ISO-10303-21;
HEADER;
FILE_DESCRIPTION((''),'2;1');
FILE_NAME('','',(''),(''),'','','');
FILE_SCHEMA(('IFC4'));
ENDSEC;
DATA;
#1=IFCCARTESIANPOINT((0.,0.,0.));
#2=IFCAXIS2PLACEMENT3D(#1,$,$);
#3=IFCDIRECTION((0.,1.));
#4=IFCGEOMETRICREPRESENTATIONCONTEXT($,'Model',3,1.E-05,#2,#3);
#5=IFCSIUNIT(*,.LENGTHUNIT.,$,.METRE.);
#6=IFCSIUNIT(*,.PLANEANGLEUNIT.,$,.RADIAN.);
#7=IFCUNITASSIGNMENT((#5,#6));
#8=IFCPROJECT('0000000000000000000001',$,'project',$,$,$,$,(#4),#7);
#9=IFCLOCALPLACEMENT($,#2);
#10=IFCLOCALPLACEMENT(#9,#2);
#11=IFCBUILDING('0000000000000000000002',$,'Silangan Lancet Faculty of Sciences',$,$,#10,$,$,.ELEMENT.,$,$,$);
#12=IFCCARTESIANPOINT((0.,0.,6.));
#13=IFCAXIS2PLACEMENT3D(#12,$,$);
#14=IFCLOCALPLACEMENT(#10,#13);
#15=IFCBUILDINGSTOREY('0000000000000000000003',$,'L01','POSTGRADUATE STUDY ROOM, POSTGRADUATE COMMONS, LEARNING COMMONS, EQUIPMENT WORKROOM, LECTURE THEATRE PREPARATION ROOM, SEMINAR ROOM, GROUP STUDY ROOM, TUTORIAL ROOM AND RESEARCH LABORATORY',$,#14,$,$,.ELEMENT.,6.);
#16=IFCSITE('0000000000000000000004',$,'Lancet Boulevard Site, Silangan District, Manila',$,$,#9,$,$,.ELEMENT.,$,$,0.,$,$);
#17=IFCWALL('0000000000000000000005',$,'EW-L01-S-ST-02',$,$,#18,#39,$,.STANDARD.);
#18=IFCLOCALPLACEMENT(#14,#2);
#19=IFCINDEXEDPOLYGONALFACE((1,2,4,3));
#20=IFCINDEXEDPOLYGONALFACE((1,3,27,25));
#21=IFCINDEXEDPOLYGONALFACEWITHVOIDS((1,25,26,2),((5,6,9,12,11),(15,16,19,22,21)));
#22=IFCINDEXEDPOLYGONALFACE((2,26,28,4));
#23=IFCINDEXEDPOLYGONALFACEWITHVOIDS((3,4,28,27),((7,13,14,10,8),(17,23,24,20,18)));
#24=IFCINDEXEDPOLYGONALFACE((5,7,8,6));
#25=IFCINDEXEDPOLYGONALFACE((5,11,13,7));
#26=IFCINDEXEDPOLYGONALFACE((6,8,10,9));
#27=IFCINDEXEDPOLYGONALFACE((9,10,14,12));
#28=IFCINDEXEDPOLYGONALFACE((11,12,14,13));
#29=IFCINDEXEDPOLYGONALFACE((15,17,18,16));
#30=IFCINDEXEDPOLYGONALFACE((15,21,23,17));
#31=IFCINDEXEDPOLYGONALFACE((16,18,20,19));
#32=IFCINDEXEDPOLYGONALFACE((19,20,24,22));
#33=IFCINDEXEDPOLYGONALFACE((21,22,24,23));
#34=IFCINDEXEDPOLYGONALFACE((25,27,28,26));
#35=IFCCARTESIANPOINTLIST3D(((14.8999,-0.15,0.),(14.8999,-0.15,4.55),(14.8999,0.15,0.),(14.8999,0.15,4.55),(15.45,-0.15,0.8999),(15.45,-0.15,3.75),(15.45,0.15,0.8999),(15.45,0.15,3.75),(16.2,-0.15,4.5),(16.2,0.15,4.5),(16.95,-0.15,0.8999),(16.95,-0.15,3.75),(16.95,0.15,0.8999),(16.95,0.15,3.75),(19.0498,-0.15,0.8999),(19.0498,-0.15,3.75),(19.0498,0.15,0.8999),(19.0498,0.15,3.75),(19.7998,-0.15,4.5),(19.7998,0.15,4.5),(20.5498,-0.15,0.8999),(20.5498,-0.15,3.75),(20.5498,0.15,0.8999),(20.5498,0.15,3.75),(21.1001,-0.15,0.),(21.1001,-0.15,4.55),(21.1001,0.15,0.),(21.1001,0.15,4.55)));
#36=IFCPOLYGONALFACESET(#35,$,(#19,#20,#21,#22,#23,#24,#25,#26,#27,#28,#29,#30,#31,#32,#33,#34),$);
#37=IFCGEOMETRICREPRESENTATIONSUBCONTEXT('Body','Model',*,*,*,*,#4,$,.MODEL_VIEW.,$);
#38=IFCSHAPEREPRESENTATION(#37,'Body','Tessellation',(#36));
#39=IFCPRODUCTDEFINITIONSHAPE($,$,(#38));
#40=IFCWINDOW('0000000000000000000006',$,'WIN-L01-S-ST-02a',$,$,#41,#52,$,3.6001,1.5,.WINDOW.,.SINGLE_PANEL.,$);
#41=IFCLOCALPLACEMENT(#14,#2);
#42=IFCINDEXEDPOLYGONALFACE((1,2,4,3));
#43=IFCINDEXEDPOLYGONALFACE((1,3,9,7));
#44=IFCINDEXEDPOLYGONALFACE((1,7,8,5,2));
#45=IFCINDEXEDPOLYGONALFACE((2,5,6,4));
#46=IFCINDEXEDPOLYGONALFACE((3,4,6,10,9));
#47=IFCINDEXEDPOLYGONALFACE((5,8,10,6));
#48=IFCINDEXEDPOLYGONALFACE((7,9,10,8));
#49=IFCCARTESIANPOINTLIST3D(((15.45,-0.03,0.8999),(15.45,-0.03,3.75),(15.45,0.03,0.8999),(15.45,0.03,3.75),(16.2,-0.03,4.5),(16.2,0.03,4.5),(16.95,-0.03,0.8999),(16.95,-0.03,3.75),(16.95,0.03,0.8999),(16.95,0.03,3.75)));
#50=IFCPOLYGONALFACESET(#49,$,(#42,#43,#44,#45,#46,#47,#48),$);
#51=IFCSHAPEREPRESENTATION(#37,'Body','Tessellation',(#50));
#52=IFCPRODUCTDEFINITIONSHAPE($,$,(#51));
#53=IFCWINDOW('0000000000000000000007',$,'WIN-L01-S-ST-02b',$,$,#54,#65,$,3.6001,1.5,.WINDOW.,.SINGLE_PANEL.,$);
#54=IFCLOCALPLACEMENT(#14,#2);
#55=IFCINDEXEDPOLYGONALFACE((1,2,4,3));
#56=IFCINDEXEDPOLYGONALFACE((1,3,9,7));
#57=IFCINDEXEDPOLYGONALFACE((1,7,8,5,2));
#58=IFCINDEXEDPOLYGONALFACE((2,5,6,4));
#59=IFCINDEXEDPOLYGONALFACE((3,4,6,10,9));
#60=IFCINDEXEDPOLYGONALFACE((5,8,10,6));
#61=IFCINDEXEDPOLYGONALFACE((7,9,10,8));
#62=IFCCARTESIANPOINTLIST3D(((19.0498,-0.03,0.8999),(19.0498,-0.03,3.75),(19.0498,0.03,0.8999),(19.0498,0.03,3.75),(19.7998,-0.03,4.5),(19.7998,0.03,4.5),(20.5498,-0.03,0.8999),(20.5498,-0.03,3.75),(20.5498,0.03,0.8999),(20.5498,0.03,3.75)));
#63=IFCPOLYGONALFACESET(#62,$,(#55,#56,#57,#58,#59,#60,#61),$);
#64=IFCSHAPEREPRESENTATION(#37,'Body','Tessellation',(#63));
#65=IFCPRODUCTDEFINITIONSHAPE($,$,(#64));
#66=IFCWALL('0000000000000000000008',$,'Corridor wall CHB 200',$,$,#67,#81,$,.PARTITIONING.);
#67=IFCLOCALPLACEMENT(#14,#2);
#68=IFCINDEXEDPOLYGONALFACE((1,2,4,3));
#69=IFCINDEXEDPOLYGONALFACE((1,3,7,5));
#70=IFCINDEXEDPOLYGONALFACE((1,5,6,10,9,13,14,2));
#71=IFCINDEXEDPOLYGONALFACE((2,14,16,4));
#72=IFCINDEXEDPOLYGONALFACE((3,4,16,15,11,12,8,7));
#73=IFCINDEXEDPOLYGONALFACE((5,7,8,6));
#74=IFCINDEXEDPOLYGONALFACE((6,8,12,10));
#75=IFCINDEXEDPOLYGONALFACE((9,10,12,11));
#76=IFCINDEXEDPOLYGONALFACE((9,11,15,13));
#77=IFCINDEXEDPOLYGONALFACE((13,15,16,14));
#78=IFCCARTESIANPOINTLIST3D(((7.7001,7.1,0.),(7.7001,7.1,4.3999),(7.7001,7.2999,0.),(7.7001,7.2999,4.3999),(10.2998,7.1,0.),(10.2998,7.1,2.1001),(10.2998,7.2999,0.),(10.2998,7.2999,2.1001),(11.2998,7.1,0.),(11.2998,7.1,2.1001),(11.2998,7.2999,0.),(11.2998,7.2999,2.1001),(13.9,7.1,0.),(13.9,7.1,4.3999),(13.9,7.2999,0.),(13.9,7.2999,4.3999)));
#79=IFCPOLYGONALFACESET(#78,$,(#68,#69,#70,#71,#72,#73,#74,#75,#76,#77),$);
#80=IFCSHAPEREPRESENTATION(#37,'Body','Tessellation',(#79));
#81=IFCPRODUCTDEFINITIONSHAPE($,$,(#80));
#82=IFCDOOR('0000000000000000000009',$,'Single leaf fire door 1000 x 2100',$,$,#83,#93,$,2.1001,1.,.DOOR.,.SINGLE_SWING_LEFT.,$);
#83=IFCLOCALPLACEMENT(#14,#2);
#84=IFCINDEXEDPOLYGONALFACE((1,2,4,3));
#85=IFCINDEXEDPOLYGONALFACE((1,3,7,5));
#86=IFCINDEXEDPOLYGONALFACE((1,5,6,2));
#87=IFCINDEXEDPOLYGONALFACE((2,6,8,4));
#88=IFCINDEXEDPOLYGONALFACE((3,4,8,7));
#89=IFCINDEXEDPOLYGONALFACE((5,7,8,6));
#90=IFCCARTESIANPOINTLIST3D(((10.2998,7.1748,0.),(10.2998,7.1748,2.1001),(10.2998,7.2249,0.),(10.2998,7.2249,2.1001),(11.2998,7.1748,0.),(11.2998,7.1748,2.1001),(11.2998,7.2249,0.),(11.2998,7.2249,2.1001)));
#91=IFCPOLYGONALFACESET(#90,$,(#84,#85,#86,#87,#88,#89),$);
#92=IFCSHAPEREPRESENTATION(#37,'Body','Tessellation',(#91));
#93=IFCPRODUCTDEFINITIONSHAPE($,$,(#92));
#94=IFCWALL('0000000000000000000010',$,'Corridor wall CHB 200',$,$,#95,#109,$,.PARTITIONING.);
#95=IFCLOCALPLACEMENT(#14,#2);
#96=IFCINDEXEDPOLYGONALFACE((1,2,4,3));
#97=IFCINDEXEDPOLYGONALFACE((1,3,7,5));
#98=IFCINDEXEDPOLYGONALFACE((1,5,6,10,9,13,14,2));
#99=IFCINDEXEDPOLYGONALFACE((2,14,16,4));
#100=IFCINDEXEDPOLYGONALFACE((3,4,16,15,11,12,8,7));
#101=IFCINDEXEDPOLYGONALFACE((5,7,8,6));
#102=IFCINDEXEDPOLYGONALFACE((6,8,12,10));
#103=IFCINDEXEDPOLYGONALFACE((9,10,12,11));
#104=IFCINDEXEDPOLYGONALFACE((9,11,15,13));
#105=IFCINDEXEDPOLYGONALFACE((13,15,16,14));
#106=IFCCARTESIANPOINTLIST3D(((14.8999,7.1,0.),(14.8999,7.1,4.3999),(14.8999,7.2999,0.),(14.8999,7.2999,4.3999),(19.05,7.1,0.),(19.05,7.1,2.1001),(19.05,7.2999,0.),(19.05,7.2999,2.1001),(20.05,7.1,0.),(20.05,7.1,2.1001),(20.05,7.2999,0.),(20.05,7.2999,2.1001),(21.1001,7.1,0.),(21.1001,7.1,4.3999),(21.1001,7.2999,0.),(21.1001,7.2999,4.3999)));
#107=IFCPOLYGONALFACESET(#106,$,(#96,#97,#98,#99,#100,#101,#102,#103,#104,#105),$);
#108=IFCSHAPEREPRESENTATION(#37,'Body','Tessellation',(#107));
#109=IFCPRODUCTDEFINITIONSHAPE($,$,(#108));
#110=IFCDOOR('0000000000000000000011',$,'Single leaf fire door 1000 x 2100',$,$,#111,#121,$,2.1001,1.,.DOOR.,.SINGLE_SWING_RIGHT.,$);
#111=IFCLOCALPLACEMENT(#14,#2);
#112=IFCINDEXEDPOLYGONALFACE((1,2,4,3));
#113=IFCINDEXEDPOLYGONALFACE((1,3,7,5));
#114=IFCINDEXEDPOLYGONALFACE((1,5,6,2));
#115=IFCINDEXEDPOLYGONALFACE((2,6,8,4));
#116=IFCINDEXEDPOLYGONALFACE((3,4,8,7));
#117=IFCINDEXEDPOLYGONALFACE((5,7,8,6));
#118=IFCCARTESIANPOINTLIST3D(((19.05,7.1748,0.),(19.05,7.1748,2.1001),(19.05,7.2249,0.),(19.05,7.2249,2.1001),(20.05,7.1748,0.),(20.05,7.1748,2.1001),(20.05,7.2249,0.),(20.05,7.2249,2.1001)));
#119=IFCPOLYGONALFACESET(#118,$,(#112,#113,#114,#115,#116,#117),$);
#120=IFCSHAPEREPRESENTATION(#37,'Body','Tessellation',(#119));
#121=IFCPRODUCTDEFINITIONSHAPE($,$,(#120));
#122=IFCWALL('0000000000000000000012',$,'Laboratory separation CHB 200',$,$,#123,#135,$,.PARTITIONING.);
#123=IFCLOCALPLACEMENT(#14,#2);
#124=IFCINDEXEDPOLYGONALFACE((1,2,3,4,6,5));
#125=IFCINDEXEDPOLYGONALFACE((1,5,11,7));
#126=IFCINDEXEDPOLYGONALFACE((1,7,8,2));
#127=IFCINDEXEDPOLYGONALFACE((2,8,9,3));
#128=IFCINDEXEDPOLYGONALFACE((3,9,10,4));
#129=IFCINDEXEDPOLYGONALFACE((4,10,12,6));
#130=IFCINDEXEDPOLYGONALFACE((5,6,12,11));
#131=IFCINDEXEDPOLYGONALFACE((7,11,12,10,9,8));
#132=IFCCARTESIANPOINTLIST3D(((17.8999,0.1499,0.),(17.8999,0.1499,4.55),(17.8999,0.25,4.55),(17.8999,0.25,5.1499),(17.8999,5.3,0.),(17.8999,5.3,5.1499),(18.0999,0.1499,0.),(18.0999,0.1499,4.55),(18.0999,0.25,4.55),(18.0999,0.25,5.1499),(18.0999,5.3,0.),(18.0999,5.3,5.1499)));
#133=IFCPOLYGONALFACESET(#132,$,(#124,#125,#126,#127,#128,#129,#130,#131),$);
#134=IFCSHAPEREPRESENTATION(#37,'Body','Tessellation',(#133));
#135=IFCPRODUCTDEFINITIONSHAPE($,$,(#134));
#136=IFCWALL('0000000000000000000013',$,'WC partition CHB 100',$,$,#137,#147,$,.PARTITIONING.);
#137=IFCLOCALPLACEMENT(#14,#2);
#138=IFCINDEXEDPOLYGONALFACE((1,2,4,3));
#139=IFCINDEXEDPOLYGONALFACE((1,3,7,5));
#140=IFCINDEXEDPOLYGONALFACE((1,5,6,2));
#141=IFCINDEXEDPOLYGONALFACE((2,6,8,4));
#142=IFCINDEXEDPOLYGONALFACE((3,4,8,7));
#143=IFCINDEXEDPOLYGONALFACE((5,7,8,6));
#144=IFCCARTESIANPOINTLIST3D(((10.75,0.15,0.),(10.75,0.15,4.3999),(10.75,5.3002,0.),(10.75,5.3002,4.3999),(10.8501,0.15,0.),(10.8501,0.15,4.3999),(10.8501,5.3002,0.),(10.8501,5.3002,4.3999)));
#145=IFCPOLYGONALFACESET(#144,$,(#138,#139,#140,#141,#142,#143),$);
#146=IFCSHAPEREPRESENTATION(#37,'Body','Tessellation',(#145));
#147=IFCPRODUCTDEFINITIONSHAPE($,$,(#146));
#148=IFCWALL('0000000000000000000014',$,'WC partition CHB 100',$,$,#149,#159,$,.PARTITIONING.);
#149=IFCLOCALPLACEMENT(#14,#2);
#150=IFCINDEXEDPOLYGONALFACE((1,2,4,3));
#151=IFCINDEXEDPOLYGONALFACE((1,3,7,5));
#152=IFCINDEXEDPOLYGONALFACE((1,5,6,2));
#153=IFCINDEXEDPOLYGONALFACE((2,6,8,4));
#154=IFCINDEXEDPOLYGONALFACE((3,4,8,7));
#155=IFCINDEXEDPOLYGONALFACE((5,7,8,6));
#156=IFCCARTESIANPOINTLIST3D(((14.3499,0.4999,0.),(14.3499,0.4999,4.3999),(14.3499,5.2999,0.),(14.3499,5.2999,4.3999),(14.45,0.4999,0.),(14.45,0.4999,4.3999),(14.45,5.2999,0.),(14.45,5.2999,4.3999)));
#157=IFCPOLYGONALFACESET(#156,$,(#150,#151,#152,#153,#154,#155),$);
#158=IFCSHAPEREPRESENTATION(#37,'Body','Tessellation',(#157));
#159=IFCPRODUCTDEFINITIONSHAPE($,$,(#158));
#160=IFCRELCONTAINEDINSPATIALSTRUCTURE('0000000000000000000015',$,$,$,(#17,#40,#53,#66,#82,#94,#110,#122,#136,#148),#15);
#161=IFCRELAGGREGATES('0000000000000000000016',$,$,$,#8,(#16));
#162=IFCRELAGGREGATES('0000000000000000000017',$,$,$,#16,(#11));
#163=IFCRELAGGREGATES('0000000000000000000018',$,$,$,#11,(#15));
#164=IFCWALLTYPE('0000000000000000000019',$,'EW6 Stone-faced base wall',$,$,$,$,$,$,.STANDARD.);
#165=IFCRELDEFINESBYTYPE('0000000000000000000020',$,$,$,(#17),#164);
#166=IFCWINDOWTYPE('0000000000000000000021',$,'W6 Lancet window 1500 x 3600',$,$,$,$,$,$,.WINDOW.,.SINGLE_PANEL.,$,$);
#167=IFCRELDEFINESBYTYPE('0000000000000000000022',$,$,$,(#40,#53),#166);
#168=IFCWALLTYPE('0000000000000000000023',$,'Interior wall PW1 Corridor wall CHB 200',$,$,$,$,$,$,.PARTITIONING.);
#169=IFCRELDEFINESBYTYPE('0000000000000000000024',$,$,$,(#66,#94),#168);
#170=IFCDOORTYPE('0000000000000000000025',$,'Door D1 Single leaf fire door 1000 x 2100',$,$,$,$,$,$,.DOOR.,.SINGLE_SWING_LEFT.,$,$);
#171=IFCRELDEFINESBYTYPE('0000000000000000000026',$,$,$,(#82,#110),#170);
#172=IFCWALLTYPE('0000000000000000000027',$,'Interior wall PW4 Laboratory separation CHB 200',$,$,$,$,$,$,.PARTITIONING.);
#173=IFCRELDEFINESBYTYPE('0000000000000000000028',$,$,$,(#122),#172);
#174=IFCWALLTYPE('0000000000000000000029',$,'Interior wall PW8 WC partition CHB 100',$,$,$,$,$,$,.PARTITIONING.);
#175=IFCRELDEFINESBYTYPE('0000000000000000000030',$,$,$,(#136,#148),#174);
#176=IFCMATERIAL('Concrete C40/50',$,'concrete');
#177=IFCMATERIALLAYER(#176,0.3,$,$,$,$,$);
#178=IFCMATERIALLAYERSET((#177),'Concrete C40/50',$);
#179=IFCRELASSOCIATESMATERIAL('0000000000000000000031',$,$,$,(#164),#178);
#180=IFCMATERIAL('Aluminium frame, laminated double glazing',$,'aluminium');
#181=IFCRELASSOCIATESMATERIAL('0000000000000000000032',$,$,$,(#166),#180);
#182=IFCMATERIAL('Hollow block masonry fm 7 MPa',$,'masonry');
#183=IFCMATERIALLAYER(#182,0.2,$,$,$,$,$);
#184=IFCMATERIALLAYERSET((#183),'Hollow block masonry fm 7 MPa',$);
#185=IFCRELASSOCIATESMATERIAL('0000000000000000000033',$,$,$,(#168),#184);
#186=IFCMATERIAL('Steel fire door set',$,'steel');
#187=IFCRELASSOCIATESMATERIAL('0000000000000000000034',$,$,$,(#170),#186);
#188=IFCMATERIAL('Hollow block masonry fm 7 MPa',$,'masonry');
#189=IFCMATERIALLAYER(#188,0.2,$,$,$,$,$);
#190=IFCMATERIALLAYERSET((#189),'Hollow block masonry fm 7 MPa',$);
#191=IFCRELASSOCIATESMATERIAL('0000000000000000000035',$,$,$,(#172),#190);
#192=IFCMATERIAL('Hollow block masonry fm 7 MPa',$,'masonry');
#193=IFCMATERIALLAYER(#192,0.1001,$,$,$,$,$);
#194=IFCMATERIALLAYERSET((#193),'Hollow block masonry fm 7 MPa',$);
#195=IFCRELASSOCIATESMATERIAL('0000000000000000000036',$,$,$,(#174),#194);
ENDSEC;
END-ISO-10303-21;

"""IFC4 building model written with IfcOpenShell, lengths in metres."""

from ifc_helpers import new_model, si_unit, direction, frame, frame_2d, origin, place, context, subcontext, project, spatial, polyline, rectangle, outline, extrude, material, layer, layer_set, type_object, element, fill, save


model = new_model("IFC4")

# Units and contexts
model_context = context("Model", 3, precision=1e-05, world=origin(), true_north=direction((0.0, 1.0)))
body_context = subcontext(model_context, "Body", "Model", "MODEL_VIEW")
ifc_project = project(units=[si_unit("LENGTHUNIT", "METRE"), si_unit("PLANEANGLEUNIT", "RADIAN")], contexts=[model_context])

# Site, building, storey
site_placement = place(None, origin())
site = spatial("IfcSite", under=ifc_project, at=site_placement, Name="Lancet Boulevard Site, Silangan District, Manila", CompositionType="ELEMENT", RefElevation=0.0)
building_placement = place(site_placement, origin())
building = spatial("IfcBuilding", under=site, at=building_placement, Name="Silangan Lancet Faculty of Sciences", CompositionType="ELEMENT")
storey_placement = place(building_placement, frame((0.0, 0.0, 6.0)))
storey = spatial("IfcBuildingStorey", under=building, at=storey_placement, Name="L01", Description="POSTGRADUATE STUDY ROOM, POSTGRADUATE COMMONS, LEARNING COMMONS, EQUIPMENT WORKROOM, LECTURE THEATRE PREPARATION ROOM, SEMINAR ROOM, GROUP STUDY ROOM, TUTORIAL ROOM AND RESEARCH LABORATORY", CompositionType="ELEMENT", Elevation=6.0)

# Wall, openings, windows
ifc_material_1 = material(Name="Concrete C40/50", Category="concrete")
ifc_layer_1 = layer(ifc_material_1, 0.3)
ifc_layer_set_1 = layer_set([ifc_layer_1], Name="Concrete C40/50")
wall_type_1 = type_object("IfcWallType", Name="EW6 Stone-faced base wall", PredefinedType="STANDARD", material=ifc_layer_set_1)
ifc_material_2 = material(Name="Aluminium frame, laminated double glazing", Category="aluminium")
window_type = type_object("IfcWindowType", Name="W6 Lancet window 1500 x 3600", PartitioningType="SINGLE_PANEL", PredefinedType="WINDOW", material=ifc_material_2)
wall_1_placement = place(storey_placement, frame((14.8999, 0.0, 0.0), z_axis=(0.0, 0.0, 1.0), x_axis=(1.0, 0.0, 0.0)))
wall_1 = element("IfcWall", 1, at=wall_1_placement, inside=storey, type_object=wall_type_1, Name="EW-L01-S-ST-02", PredefinedType="STANDARD", context=body_context, shape_type="SweptSolid", body=[
    extrude(rectangle(XDim=6.2002, YDim=0.3, at=frame_2d((3.1001, 0.0))), origin(), (0.0, 0.0, 1.0), 4.55),
])
opening_1_placement = place(wall_1_placement, frame((0.55, 0.0, 0.8999)))
opening_1 = element("IfcOpeningElement", 2, at=opening_1_placement, cuts=wall_1, PredefinedType="OPENING", context=body_context, shape_type="SweptSolid", body=[
    extrude(outline(polyline([(0.0, 0.0), (1.5, 0.0), (1.5, 2.8501), (0.75, 3.6001), (0.0, 2.8501), (0.0, 0.0)])), frame((0.0, 0.1599, 0.0), z_axis=(0.0, -1.0, 0.0), x_axis=(1.0, 0.0, 0.0)), (0.0, 0.0, 1.0), 0.3201),
])
opening_2_placement = place(wall_1_placement, frame((4.1499, 0.0, 0.8999)))
opening_2 = element("IfcOpeningElement", 3, at=opening_2_placement, cuts=wall_1, PredefinedType="OPENING", context=body_context, shape_type="SweptSolid", body=[
    extrude(outline(polyline([(0.0, 0.0), (1.5, 0.0), (1.5, 2.8501), (0.75, 3.6001), (0.0, 2.8501), (0.0, 0.0)])), frame((0.0, 0.1599, 0.0), z_axis=(0.0, -1.0, 0.0), x_axis=(1.0, 0.0, 0.0)), (0.0, 0.0, 1.0), 0.3201),
])
window_1_placement = place(opening_1_placement, origin())
window_1 = element("IfcWindow", 4, at=window_1_placement, inside=storey, type_object=window_type, Name="WIN-L01-S-ST-02a", OverallHeight=3.6001, OverallWidth=1.5, PartitioningType="SINGLE_PANEL", PredefinedType="WINDOW", context=body_context, shape_type="SweptSolid", body=[
    extrude(outline(polyline([(0.0, 0.0), (1.5, 0.0), (1.5, 2.8501), (0.75, 3.6001), (0.0, 2.8501), (0.0, 0.0)])), frame((0.0, 0.03, 0.0), z_axis=(0.0, -1.0, 0.0), x_axis=(1.0, 0.0, 0.0)), (0.0, 0.0, 1.0), 0.0601),
])
fill(opening_1, window_1)
window_2_placement = place(opening_2_placement, origin())
window_2 = element("IfcWindow", 5, at=window_2_placement, inside=storey, type_object=window_type, Name="WIN-L01-S-ST-02b", OverallHeight=3.6001, OverallWidth=1.5, PartitioningType="SINGLE_PANEL", PredefinedType="WINDOW", context=body_context, shape_type="SweptSolid", body=[
    extrude(outline(polyline([(0.0, 0.0), (1.5, 0.0), (1.5, 2.8501), (0.75, 3.6001), (0.0, 2.8501), (0.0, 0.0)])), frame((0.0, 0.03, 0.0), z_axis=(0.0, -1.0, 0.0), x_axis=(1.0, 0.0, 0.0)), (0.0, 0.0, 1.0), 0.0601),
])
fill(opening_2, window_2)

# Walls, openings, doors
ifc_material_3 = material(Name="Hollow block masonry fm 7 MPa", Category="masonry")
ifc_layer_2 = layer(ifc_material_3, 0.2)
ifc_layer_set_2 = layer_set([ifc_layer_2], Name="Hollow block masonry fm 7 MPa")
wall_type_2 = type_object("IfcWallType", Name="Interior wall PW1 Corridor wall CHB 200", PredefinedType="PARTITIONING", material=ifc_layer_set_2)
wall_2_placement = place(storey_placement, frame((7.7, 7.2, 0.0), z_axis=(0.0, 0.0, 1.0), x_axis=(1.0, 0.0, 0.0)))
wall_2 = element("IfcWall", 6, at=wall_2_placement, inside=storey, type_object=wall_type_2, Name="Corridor wall CHB 200", PredefinedType="PARTITIONING", context=body_context, shape_type="SweptSolid", body=[
    extrude(rectangle(XDim=6.2, YDim=0.2, at=frame_2d((3.1001, 0.0))), origin(), (0.0, 0.0, 1.0), 4.3999),
])
opening_3_placement = place(wall_2_placement, frame((2.5999, 0.0, 0.0)))
opening_3 = element("IfcOpeningElement", 7, at=opening_3_placement, cuts=wall_2, PredefinedType="OPENING", context=body_context, shape_type="SweptSolid", body=[
    extrude(rectangle(XDim=1.0, YDim=2.1001, at=frame_2d((0.5, 1.05))), frame((0.0, 0.1099, 0.0), z_axis=(0.0, -1.0, 0.0), x_axis=(1.0, 0.0, 0.0)), (0.0, 0.0, 1.0), 0.22),
])
ifc_material_4 = material(Name="Steel fire door set", Category="steel")
door_type = type_object("IfcDoorType", Name="Door D1 Single leaf fire door 1000 x 2100", OperationType="SINGLE_SWING_LEFT", PredefinedType="DOOR", material=ifc_material_4)
door_1_placement = place(opening_3_placement, frame((1.0, 0.0, 0.0), z_axis=(0.0, 0.0, 1.0), x_axis=(-1.0, 0.0, 0.0)))
door_1 = element("IfcDoor", 8, at=door_1_placement, inside=storey, type_object=door_type, Name="Single leaf fire door 1000 x 2100", OperationType="SINGLE_SWING_LEFT", OverallHeight=2.1001, OverallWidth=1.0, PredefinedType="DOOR", context=body_context, shape_type="SweptSolid", body=[
    extrude(rectangle(XDim=1.0, YDim=2.1001, at=frame_2d((0.5, 1.05))), frame((0.0, 0.0251, 0.0), z_axis=(0.0, -1.0, 0.0), x_axis=(1.0, 0.0, 0.0)), (0.0, 0.0, 1.0), 0.05),
])
fill(opening_3, door_1)
wall_3_placement = place(storey_placement, frame((14.8999, 7.2, 0.0), z_axis=(0.0, 0.0, 1.0), x_axis=(1.0, 0.0, 0.0)))
wall_3 = element("IfcWall", 9, at=wall_3_placement, inside=storey, type_object=wall_type_2, Name="Corridor wall CHB 200", PredefinedType="PARTITIONING", context=body_context, shape_type="SweptSolid", body=[
    extrude(rectangle(XDim=6.2002, YDim=0.2, at=frame_2d((3.1001, 0.0))), origin(), (0.0, 0.0, 1.0), 4.3999),
])
opening_4_placement = place(wall_3_placement, frame((4.1501, 0.0, 0.0)))
opening_4 = element("IfcOpeningElement", 10, at=opening_4_placement, cuts=wall_3, PredefinedType="OPENING", context=body_context, shape_type="SweptSolid", body=[
    extrude(rectangle(XDim=1.0, YDim=2.1001, at=frame_2d((0.5, 1.05))), frame((0.0, 0.1099, 0.0), z_axis=(0.0, -1.0, 0.0), x_axis=(1.0, 0.0, 0.0)), (0.0, 0.0, 1.0), 0.22),
])
door_2_placement = place(opening_4_placement, frame((1.0, 0.0, 0.0), z_axis=(0.0, 0.0, 1.0), x_axis=(-1.0, 0.0, 0.0)))
door_2 = element("IfcDoor", 11, at=door_2_placement, inside=storey, type_object=door_type, Name="Single leaf fire door 1000 x 2100", OperationType="SINGLE_SWING_RIGHT", OverallHeight=2.1001, OverallWidth=1.0, PredefinedType="DOOR", context=body_context, shape_type="SweptSolid", body=[
    extrude(rectangle(XDim=1.0, YDim=2.1001, at=frame_2d((0.5, 1.05))), frame((0.0, 0.0251, 0.0), z_axis=(0.0, -1.0, 0.0), x_axis=(1.0, 0.0, 0.0)), (0.0, 0.0, 1.0), 0.05),
])
fill(opening_4, door_2)

# Walls
ifc_material_5 = material(Name="Hollow block masonry fm 7 MPa", Category="masonry")
ifc_layer_3 = layer(ifc_material_5, 0.2)
ifc_layer_set_3 = layer_set([ifc_layer_3], Name="Hollow block masonry fm 7 MPa")
wall_type_3 = type_object("IfcWallType", Name="Interior wall PW4 Laboratory separation CHB 200", PredefinedType="PARTITIONING", material=ifc_layer_set_3)
wall_4_placement = place(storey_placement, frame((18.0, 0.1499, 0.0), z_axis=(0.0, 0.0, 1.0), x_axis=(0.0, 1.0, 0.0)))
element("IfcWall", 12, at=wall_4_placement, inside=storey, type_object=wall_type_3, Name="Laboratory separation CHB 200", PredefinedType="PARTITIONING", context=body_context, shape_type="SweptSolid", body=[
    extrude(outline(polyline([(0.0, 0.0), (5.1501, 0.0), (5.1501, 5.1499), (0.1001, 5.1499), (0.1001, 4.55), (0.0, 4.55), (0.0, 0.0)])), frame((0.0, 0.1001, 0.0), z_axis=(0.0, -1.0, 0.0), x_axis=(1.0, 0.0, 0.0)), (0.0, 0.0, 1.0), 0.2),
])
ifc_material_6 = material(Name="Hollow block masonry fm 7 MPa", Category="masonry")
ifc_layer_4 = layer(ifc_material_6, 0.1001)
ifc_layer_set_4 = layer_set([ifc_layer_4], Name="Hollow block masonry fm 7 MPa")
wall_type_4 = type_object("IfcWallType", Name="Interior wall PW8 WC partition CHB 100", PredefinedType="PARTITIONING", material=ifc_layer_set_4)
wall_5_placement = place(storey_placement, frame((10.8, 0.1499, 0.0), z_axis=(0.0, 0.0, 1.0), x_axis=(0.0, 1.0, 0.0)))
element("IfcWall", 13, at=wall_5_placement, inside=storey, type_object=wall_type_4, Name="WC partition CHB 100", PredefinedType="PARTITIONING", context=body_context, shape_type="SweptSolid", body=[
    extrude(rectangle(XDim=5.1501, YDim=0.1001, at=frame_2d((2.5752, 0.0))), origin(), (0.0, 0.0, 1.0), 4.3999),
])
wall_6_placement = place(storey_placement, frame((14.3999, 0.5, 0.0), z_axis=(0.0, 0.0, 1.0), x_axis=(0.0, 1.0, 0.0)))
element("IfcWall", 14, at=wall_6_placement, inside=storey, type_object=wall_type_4, Name="WC partition CHB 100", PredefinedType="PARTITIONING", context=body_context, shape_type="SweptSolid", body=[
    extrude(rectangle(XDim=4.8, YDim=0.1001, at=frame_2d((2.3999, 0.0))), origin(), (0.0, 0.0, 1.0), 4.3999),
])

save(model, "model.ifc")
